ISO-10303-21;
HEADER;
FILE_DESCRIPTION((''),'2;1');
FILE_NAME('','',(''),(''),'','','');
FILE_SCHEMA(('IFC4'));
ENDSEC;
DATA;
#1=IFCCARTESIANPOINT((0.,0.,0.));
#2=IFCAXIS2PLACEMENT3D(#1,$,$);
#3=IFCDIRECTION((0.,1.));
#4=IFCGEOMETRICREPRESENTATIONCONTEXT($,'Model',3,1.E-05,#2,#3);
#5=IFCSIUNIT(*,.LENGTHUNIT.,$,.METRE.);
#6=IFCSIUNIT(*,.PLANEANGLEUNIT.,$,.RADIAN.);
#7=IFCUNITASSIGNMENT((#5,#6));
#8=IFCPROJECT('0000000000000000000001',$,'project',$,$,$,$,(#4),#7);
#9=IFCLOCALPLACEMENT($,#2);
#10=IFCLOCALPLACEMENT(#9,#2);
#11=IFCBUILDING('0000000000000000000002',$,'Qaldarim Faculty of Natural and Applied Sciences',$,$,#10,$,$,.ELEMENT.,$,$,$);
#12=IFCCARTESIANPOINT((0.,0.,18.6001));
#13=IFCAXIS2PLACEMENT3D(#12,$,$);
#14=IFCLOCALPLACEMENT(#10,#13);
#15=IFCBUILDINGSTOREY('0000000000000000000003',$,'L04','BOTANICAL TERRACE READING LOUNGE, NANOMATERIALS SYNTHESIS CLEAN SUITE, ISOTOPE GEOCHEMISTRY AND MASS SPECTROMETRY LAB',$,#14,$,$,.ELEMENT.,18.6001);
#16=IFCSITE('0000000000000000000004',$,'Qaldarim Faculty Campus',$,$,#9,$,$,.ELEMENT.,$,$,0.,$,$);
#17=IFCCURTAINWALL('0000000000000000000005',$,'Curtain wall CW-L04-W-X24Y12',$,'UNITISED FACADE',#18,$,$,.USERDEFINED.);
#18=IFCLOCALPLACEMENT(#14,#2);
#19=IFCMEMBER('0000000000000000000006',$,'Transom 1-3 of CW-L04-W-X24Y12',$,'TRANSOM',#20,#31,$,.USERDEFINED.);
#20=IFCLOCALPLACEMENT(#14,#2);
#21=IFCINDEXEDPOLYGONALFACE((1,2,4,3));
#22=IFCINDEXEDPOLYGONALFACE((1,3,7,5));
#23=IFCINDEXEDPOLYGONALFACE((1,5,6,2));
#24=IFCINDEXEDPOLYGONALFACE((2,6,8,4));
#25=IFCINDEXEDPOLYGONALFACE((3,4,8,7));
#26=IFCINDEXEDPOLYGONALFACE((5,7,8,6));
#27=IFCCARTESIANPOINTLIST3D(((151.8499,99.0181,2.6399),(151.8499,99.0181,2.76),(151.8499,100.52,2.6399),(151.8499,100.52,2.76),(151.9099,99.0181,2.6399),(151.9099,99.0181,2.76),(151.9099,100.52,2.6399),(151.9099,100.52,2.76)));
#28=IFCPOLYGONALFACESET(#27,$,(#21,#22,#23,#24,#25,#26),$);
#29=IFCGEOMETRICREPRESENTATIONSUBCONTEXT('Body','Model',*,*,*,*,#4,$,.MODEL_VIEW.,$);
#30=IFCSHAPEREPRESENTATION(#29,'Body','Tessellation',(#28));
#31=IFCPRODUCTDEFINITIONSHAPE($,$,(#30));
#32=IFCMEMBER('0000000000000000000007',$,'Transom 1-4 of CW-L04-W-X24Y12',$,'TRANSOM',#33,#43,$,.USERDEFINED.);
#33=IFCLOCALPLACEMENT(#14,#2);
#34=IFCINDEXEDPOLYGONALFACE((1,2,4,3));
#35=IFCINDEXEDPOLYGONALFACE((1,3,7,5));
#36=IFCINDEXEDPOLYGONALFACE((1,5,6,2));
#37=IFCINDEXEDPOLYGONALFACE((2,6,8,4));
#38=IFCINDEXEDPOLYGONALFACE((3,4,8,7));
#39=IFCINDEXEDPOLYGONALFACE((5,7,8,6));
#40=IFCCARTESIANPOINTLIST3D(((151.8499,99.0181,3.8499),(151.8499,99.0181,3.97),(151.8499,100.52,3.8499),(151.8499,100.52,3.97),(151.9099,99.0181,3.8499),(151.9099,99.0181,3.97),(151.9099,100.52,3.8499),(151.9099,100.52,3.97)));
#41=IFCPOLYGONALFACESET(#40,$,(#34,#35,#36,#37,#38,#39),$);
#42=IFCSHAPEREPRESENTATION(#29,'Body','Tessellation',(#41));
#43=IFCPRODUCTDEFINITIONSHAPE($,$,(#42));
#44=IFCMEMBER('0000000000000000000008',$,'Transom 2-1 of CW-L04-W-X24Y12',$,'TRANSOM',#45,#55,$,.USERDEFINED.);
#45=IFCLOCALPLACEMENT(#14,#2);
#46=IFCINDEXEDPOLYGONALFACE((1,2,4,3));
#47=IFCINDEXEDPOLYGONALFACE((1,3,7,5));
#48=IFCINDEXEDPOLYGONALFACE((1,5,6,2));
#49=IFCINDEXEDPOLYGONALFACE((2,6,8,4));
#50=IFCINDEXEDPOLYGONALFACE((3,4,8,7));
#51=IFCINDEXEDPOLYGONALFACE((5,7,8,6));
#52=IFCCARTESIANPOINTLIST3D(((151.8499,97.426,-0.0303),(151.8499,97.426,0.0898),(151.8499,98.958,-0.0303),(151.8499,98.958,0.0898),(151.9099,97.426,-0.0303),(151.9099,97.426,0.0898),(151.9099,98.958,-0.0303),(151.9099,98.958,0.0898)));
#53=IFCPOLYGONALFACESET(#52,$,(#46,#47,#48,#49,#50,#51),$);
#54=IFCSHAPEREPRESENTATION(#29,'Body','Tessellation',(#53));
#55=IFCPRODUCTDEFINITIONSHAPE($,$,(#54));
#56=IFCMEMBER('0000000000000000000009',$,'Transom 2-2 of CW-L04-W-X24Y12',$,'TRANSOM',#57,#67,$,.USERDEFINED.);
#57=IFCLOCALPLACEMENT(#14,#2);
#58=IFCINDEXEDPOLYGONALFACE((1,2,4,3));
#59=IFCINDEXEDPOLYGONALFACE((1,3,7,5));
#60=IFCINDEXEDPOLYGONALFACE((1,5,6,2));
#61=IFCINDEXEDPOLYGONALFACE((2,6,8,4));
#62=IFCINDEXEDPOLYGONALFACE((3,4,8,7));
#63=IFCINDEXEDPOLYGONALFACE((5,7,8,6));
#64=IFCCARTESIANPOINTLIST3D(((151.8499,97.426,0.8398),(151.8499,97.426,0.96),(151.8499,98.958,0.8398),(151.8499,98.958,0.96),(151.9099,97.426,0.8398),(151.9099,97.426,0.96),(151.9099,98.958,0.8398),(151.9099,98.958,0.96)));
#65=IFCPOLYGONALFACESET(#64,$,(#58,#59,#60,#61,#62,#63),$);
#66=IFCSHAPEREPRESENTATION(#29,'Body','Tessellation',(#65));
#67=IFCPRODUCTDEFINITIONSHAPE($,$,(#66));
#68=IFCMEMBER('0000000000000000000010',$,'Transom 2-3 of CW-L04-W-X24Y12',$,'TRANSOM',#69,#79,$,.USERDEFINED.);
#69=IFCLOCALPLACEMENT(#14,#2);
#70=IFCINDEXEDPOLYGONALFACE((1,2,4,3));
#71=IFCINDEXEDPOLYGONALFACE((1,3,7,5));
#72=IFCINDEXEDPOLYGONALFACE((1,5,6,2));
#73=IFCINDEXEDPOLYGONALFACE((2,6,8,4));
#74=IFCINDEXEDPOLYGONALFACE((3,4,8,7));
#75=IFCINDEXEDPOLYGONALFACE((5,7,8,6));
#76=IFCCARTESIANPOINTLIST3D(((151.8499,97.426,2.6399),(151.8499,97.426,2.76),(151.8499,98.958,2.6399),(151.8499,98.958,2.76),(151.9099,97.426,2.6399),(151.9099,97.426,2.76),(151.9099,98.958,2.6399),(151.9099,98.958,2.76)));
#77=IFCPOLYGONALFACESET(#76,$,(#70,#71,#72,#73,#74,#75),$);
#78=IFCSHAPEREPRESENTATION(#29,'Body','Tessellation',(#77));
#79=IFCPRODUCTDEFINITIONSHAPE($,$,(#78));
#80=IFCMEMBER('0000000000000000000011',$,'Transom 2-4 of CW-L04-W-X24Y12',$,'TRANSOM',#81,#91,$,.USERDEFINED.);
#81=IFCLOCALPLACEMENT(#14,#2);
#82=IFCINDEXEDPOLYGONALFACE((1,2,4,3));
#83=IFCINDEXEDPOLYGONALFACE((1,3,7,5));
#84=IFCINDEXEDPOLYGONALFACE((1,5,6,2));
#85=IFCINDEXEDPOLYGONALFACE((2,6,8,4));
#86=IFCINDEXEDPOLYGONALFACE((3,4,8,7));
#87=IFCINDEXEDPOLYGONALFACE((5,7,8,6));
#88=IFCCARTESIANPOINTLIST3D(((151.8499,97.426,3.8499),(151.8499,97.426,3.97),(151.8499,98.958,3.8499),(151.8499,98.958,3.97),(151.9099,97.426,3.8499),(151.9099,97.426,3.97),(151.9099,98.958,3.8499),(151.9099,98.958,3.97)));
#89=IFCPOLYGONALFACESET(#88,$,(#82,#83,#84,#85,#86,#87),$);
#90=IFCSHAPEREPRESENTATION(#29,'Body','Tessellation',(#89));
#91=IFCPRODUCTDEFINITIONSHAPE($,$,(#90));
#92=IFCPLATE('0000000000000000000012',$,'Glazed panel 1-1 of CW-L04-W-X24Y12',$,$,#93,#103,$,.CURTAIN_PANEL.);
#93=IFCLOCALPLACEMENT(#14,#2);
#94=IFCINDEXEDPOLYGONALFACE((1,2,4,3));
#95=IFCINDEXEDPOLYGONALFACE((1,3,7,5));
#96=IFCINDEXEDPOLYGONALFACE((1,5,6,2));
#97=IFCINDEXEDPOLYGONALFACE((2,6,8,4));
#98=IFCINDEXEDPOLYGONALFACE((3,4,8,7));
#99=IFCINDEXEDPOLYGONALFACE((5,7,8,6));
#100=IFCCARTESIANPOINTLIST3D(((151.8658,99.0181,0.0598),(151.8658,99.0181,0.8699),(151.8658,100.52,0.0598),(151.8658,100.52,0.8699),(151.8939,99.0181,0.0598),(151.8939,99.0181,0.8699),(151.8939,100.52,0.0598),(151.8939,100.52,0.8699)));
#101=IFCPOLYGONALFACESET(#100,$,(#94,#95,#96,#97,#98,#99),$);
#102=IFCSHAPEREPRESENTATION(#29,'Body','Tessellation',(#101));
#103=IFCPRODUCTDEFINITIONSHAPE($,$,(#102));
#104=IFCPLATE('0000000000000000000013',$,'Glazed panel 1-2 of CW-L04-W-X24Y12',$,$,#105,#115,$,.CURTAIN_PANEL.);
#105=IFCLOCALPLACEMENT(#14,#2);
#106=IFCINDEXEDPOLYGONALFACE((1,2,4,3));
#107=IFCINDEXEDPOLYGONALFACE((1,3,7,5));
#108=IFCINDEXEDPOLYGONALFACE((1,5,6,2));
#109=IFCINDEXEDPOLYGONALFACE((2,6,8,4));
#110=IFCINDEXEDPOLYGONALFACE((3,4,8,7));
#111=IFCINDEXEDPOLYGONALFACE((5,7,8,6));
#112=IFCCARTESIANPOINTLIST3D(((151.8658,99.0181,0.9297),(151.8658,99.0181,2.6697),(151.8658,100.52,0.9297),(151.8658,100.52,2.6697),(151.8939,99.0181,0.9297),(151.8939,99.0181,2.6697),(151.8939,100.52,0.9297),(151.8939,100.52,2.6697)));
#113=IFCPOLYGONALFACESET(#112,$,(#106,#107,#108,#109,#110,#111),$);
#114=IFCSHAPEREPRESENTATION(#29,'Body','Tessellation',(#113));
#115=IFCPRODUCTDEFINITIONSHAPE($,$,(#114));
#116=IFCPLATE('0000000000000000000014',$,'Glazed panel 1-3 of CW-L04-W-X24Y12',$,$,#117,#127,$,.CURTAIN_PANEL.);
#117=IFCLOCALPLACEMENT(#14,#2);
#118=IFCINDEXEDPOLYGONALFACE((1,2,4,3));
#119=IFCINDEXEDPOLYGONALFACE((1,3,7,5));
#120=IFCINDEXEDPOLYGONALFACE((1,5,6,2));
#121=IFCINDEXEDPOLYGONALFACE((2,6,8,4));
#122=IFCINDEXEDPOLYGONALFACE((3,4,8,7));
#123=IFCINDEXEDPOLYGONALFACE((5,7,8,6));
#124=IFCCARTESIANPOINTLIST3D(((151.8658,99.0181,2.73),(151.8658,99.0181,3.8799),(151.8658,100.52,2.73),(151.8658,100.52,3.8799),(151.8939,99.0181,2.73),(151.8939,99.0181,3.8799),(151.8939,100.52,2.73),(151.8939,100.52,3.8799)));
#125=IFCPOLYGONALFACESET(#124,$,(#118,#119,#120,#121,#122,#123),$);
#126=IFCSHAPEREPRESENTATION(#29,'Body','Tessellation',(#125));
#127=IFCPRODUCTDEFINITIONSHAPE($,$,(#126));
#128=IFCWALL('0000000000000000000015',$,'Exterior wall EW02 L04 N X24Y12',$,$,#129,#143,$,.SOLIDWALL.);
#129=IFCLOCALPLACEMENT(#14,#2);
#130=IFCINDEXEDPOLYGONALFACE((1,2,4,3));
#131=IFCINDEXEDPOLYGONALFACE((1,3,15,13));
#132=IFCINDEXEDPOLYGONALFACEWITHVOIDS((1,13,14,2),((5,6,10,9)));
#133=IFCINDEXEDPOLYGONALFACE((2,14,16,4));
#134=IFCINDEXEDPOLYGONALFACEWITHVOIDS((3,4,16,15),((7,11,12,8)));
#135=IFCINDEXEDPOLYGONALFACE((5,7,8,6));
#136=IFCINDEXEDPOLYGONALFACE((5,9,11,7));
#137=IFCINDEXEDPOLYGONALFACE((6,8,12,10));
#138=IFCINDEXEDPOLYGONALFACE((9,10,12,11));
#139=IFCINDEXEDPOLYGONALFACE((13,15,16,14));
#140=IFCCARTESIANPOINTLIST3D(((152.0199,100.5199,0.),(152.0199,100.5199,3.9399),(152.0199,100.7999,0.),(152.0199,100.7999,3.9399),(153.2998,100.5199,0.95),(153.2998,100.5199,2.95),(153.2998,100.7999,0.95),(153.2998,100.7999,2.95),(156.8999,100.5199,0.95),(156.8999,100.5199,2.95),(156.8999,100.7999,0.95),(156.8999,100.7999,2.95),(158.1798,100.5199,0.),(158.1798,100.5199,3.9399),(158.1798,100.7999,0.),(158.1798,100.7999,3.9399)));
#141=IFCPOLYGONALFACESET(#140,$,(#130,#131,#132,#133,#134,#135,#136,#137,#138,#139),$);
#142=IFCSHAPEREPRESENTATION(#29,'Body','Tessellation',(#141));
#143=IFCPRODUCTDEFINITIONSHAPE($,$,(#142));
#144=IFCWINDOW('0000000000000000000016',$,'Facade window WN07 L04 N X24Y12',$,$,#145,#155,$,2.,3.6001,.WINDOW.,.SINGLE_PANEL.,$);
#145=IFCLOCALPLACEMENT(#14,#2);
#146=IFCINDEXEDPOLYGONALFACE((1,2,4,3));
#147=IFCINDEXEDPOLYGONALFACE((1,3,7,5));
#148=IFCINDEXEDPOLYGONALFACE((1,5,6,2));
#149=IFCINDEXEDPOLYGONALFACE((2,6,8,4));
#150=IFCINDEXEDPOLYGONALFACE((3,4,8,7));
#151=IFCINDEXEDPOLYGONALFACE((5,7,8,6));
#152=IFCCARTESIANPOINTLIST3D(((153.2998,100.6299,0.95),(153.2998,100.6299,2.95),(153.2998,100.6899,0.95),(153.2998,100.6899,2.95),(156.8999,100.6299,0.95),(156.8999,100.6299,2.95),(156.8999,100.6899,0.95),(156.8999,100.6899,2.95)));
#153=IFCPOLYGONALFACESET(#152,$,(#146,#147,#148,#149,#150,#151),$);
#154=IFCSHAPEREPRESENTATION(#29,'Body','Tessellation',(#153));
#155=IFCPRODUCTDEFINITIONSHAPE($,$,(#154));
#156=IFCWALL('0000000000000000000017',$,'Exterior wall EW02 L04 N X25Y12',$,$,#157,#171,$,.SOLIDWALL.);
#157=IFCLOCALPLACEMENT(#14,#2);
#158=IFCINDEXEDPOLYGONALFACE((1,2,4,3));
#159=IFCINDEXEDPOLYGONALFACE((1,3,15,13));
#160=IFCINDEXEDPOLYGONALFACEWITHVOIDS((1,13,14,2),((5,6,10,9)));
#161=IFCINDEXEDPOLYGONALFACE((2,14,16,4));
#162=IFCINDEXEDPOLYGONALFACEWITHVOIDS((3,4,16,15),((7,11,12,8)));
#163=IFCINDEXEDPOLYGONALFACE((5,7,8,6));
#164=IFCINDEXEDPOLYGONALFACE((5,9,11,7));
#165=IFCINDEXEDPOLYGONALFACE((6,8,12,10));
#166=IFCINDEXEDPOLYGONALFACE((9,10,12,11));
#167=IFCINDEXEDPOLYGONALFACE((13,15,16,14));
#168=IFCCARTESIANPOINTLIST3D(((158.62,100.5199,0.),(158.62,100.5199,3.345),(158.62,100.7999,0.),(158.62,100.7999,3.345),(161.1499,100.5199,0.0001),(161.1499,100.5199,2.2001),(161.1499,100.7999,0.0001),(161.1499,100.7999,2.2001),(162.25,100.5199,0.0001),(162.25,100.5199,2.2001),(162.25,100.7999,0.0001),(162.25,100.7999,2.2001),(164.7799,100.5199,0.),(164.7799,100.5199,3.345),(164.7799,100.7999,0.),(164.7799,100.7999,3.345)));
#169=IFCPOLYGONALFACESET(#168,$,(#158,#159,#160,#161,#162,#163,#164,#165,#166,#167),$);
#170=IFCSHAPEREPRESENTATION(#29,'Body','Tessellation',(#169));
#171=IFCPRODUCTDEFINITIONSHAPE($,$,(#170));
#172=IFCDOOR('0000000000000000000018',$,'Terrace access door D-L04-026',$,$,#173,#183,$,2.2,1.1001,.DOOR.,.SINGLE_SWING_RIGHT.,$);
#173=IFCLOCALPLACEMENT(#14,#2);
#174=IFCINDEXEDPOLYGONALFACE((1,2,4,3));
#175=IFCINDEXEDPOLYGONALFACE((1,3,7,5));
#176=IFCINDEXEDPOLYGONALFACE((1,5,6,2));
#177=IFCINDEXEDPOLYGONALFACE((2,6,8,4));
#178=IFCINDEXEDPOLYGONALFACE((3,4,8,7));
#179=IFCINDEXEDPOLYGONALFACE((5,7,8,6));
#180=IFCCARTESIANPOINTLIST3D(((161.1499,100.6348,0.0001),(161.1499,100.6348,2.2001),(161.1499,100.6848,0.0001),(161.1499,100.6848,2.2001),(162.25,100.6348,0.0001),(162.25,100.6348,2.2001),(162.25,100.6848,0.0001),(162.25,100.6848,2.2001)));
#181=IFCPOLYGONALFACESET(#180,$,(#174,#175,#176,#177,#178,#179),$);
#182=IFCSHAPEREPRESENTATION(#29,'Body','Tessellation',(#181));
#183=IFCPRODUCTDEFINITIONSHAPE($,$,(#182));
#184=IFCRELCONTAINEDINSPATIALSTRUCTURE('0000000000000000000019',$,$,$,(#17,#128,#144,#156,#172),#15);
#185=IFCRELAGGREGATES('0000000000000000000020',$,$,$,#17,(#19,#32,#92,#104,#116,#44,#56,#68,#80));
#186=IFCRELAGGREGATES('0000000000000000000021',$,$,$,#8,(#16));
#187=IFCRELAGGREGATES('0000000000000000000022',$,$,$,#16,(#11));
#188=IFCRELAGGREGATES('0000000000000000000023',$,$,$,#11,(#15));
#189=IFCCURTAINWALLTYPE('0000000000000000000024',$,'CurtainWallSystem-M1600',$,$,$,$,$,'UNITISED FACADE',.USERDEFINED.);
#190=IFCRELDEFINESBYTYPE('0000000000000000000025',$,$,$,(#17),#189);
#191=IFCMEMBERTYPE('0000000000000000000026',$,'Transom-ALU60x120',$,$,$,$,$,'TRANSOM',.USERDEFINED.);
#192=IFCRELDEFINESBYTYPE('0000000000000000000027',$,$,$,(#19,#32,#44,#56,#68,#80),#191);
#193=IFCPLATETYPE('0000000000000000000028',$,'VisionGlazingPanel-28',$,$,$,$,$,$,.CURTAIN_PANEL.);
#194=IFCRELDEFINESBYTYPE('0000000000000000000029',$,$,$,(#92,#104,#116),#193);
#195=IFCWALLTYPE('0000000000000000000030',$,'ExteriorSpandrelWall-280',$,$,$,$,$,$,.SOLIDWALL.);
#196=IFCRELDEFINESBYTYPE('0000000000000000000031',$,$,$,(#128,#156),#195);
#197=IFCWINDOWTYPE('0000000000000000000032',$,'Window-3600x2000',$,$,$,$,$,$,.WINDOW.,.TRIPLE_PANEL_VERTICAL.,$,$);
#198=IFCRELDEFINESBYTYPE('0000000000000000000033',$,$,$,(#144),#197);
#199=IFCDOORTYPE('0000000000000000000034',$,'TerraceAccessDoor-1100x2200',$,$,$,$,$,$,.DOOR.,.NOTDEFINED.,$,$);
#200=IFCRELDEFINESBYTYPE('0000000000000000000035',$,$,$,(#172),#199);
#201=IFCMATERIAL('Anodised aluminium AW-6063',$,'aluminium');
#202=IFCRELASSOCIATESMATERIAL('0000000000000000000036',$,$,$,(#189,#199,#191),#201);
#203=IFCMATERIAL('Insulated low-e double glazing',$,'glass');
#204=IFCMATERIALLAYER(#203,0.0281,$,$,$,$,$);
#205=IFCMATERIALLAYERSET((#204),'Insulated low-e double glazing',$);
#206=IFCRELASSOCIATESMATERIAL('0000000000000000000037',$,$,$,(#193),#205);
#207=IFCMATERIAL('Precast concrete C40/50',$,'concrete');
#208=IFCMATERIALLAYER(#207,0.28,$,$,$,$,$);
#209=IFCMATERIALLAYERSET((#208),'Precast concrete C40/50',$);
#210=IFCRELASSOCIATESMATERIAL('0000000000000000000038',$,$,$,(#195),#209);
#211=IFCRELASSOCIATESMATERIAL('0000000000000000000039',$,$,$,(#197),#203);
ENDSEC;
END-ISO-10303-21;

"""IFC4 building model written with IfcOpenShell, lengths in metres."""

from ifc_helpers import new_model, si_unit, direction, frame, frame_2d, origin, origin_2d, place, context, subcontext, project, spatial, rectangle, extrude, material, layer, layer_set, material_profile, profile_set, type_object, element, fill, aggregate, save


model = new_model("IFC4")

# Units and contexts
model_context = context("Model", 3, precision=1e-05, world=origin(), true_north=direction((0.0, 1.0)))
body_context = subcontext(model_context, "Body", "Model", "MODEL_VIEW")
ifc_project = project(units=[si_unit("LENGTHUNIT", "METRE"), si_unit("PLANEANGLEUNIT", "RADIAN")], contexts=[model_context])

# Site, building, storey
site_placement = place(None, origin())
site = spatial("IfcSite", under=ifc_project, at=site_placement, Name="Qaldarim Faculty Campus", CompositionType="ELEMENT", RefElevation=0.0)
building_placement = place(site_placement, origin())
building = spatial("IfcBuilding", under=site, at=building_placement, Name="Qaldarim Faculty of Natural and Applied Sciences", CompositionType="ELEMENT")
storey_placement = place(building_placement, frame((0.0, 0.0, 18.6001)))
storey = spatial("IfcBuildingStorey", under=building, at=storey_placement, Name="L04", Description="BOTANICAL TERRACE READING LOUNGE, NANOMATERIALS SYNTHESIS CLEAN SUITE, ISOTOPE GEOCHEMISTRY AND MASS SPECTROMETRY LAB", CompositionType="ELEMENT", Elevation=18.6001)

# Curtain wall
ifc_material_1 = material(Name="Anodised aluminium AW-6063", Category="aluminium")
curtain_wall_type = type_object("IfcCurtainWallType", Name="CurtainWallSystem-M1600", ElementType="UNITISED FACADE", PredefinedType="USERDEFINED", material=ifc_material_1)
curtain_wall_placement = place(storey_placement, origin())
curtain_wall = element("IfcCurtainWall", 1, at=curtain_wall_placement, inside=storey, type_object=curtain_wall_type, Name="Curtain wall CW-L04-W-X24Y12", ObjectType="UNITISED FACADE", PredefinedType="USERDEFINED")

# Shared definitions
ifc_material_2 = material(Name="Precast concrete C40/50", Category="concrete")

# Members
ifc_material_profile_1 = material_profile(ifc_material_1, rectangle(XDim=0.0601, YDim=0.1201, at=origin_2d()), Name="ALU-T60x120")
ifc_profile_set_1 = profile_set([ifc_material_profile_1], Name="Anodised aluminium AW-6063")
member_type_1 = type_object("IfcMemberType", Name="Transom-ALU60x120", ElementType="TRANSOM", PredefinedType="USERDEFINED", material=ifc_profile_set_1)
member_1_placement = place(storey_placement, frame((151.8799, 100.52, 2.7), z_axis=(0.0, -1.0, 0.0), x_axis=(1.0, 0.0, 0.0)))
member_1 = element("IfcMember", 2, at=member_1_placement, type_object=member_type_1, Name="Transom 1-3 of CW-L04-W-X24Y12", ObjectType="TRANSOM", PredefinedType="USERDEFINED", context=body_context, shape_type="SweptSolid", body=[
    extrude(rectangle(XDim=0.0601, YDim=0.1201, at=origin_2d()), origin(), (0.0, 0.0, 1.0), 1.502),
])
member_2_placement = place(storey_placement, frame((151.8799, 100.52, 3.9099), z_axis=(0.0, -1.0, 0.0), x_axis=(1.0, 0.0, 0.0)))
member_2 = element("IfcMember", 3, at=member_2_placement, type_object=member_type_1, Name="Transom 1-4 of CW-L04-W-X24Y12", ObjectType="TRANSOM", PredefinedType="USERDEFINED", context=body_context, shape_type="SweptSolid", body=[
    extrude(rectangle(XDim=0.0601, YDim=0.1201, at=origin_2d()), origin(), (0.0, 0.0, 1.0), 1.502),
])
member_3_placement = place(storey_placement, frame((151.8799, 98.958, 0.0298), z_axis=(0.0, -1.0, 0.0), x_axis=(1.0, 0.0, 0.0)))
member_3 = element("IfcMember", 4, at=member_3_placement, type_object=member_type_1, Name="Transom 2-1 of CW-L04-W-X24Y12", ObjectType="TRANSOM", PredefinedType="USERDEFINED", context=body_context, shape_type="SweptSolid", body=[
    extrude(rectangle(XDim=0.0601, YDim=0.1201, at=origin_2d()), origin(), (0.0, 0.0, 1.0), 1.532),
])
member_4_placement = place(storey_placement, frame((151.8799, 98.958, 0.8999), z_axis=(0.0, -1.0, 0.0), x_axis=(1.0, 0.0, 0.0)))
member_4 = element("IfcMember", 5, at=member_4_placement, type_object=member_type_1, Name="Transom 2-2 of CW-L04-W-X24Y12", ObjectType="TRANSOM", PredefinedType="USERDEFINED", context=body_context, shape_type="SweptSolid", body=[
    extrude(rectangle(XDim=0.0601, YDim=0.1201, at=origin_2d()), origin(), (0.0, 0.0, 1.0), 1.532),
])
member_5_placement = place(storey_placement, frame((151.8799, 98.958, 2.7), z_axis=(0.0, -1.0, 0.0), x_axis=(1.0, 0.0, 0.0)))
member_5 = element("IfcMember", 6, at=member_5_placement, type_object=member_type_1, Name="Transom 2-3 of CW-L04-W-X24Y12", ObjectType="TRANSOM", PredefinedType="USERDEFINED", context=body_context, shape_type="SweptSolid", body=[
    extrude(rectangle(XDim=0.0601, YDim=0.1201, at=origin_2d()), origin(), (0.0, 0.0, 1.0), 1.532),
])
member_6_placement = place(storey_placement, frame((151.8799, 98.958, 3.9099), z_axis=(0.0, -1.0, 0.0), x_axis=(1.0, 0.0, 0.0)))
member_6 = element("IfcMember", 7, at=member_6_placement, type_object=member_type_1, Name="Transom 2-4 of CW-L04-W-X24Y12", ObjectType="TRANSOM", PredefinedType="USERDEFINED", context=body_context, shape_type="SweptSolid", body=[
    extrude(rectangle(XDim=0.0601, YDim=0.1201, at=origin_2d()), origin(), (0.0, 0.0, 1.0), 1.532),
])

# Plates
ifc_material_3 = material(Name="Insulated low-e double glazing", Category="glass")
ifc_layer_1 = layer(ifc_material_3, 0.0281)
ifc_layer_set_1 = layer_set([ifc_layer_1], Name="Insulated low-e double glazing")
plate_type = type_object("IfcPlateType", Name="VisionGlazingPanel-28", PredefinedType="CURTAIN_PANEL", material=ifc_layer_set_1)
plate_1_placement = place(storey_placement, frame((151.8799, 99.769, 0.0598), z_axis=(0.0, 0.0, 1.0), x_axis=(0.0, -1.0, 0.0)))
plate_1 = element("IfcPlate", 8, at=plate_1_placement, type_object=plate_type, Name="Glazed panel 1-1 of CW-L04-W-X24Y12", PredefinedType="CURTAIN_PANEL", context=body_context, shape_type="SweptSolid", body=[
    extrude(rectangle(XDim=1.502, YDim=0.0281, at=origin_2d()), origin(), (0.0, 0.0, 1.0), 0.8101),
])
plate_2_placement = place(storey_placement, frame((151.8799, 99.769, 0.9297), z_axis=(0.0, 0.0, 1.0), x_axis=(0.0, -1.0, 0.0)))
plate_2 = element("IfcPlate", 9, at=plate_2_placement, type_object=plate_type, Name="Glazed panel 1-2 of CW-L04-W-X24Y12", PredefinedType="CURTAIN_PANEL", context=body_context, shape_type="SweptSolid", body=[
    extrude(rectangle(XDim=1.502, YDim=0.0281, at=origin_2d()), origin(), (0.0, 0.0, 1.0), 1.74),
])
plate_3_placement = place(storey_placement, frame((151.8799, 99.769, 2.73), z_axis=(0.0, 0.0, 1.0), x_axis=(0.0, -1.0, 0.0)))
plate_3 = element("IfcPlate", 10, at=plate_3_placement, type_object=plate_type, Name="Glazed panel 1-3 of CW-L04-W-X24Y12", PredefinedType="CURTAIN_PANEL", context=body_context, shape_type="SweptSolid", body=[
    extrude(rectangle(XDim=1.502, YDim=0.0281, at=origin_2d()), origin(), (0.0, 0.0, 1.0), 1.1499),
])
aggregate(curtain_wall, [member_1, member_2, plate_1, plate_2, plate_3, member_3, member_4, member_5, member_6])

# Wall, opening, window
ifc_layer_2 = layer(ifc_material_2, 0.28)
ifc_layer_set_2 = layer_set([ifc_layer_2], Name="Precast concrete C40/50")
wall_type = type_object("IfcWallType", Name="ExteriorSpandrelWall-280", PredefinedType="SOLIDWALL", material=ifc_layer_set_2)
wall_1_placement = place(storey_placement, frame((158.1799, 100.6599, 0.0), z_axis=(0.0, 0.0, 1.0), x_axis=(-1.0, 0.0, 0.0)))
wall_1 = element("IfcWall", 11, at=wall_1_placement, inside=storey, type_object=wall_type, Name="Exterior wall EW02 L04 N X24Y12", PredefinedType="SOLIDWALL", context=body_context, shape_type="SweptSolid", body=[
    extrude(rectangle(XDim=6.1599, YDim=0.28, at=frame_2d((3.0801, 0.0))), origin(), (0.0, 0.0, 1.0), 3.9399),
])
opening_1_placement = place(wall_1_placement, frame((1.28, 0.0, 0.95)))
opening_1 = element("IfcOpeningElement", 12, at=opening_1_placement, cuts=wall_1, PredefinedType="OPENING", context=body_context, shape_type="SweptSolid", body=[
    extrude(rectangle(XDim=3.6001, YDim=2.0, at=frame_2d((1.8, 1.0))), frame((0.0, 0.1499, 0.0), z_axis=(0.0, -1.0, 0.0), x_axis=(1.0, 0.0, 0.0)), (0.0, 0.0, 1.0), 0.3),
])
window_type = type_object("IfcWindowType", Name="Window-3600x2000", PartitioningType="TRIPLE_PANEL_VERTICAL", PredefinedType="WINDOW", material=ifc_material_3)
window_placement = place(opening_1_placement, origin())
window = element("IfcWindow", 13, at=window_placement, inside=storey, type_object=window_type, Name="Facade window WN07 L04 N X24Y12", OverallHeight=2.0, OverallWidth=3.6001, PartitioningType="SINGLE_PANEL", PredefinedType="WINDOW", context=body_context, shape_type="SweptSolid", body=[
    extrude(rectangle(XDim=3.6001, YDim=2.0, at=frame_2d((1.8, 1.0))), frame((0.0, 0.03, 0.0), z_axis=(0.0, -1.0, 0.0), x_axis=(1.0, 0.0, 0.0)), (0.0, 0.0, 1.0), 0.0601),
])
fill(opening_1, window)

# Wall, opening, door
wall_2_placement = place(storey_placement, frame((164.78, 100.6599, 0.0), z_axis=(0.0, 0.0, 1.0), x_axis=(-1.0, 0.0, 0.0)))
wall_2 = element("IfcWall", 14, at=wall_2_placement, inside=storey, type_object=wall_type, Name="Exterior wall EW02 L04 N X25Y12", PredefinedType="SOLIDWALL", context=body_context, shape_type="SweptSolid", body=[
    extrude(rectangle(XDim=6.1599, YDim=0.28, at=frame_2d((3.0801, 0.0))), origin(), (0.0, 0.0, 1.0), 3.345),
])
opening_2_placement = place(wall_2_placement, frame((2.53, 0.0, 0.0)))
opening_2 = element("IfcOpeningElement", 15, at=opening_2_placement, cuts=wall_2, PredefinedType="OPENING", context=body_context, shape_type="SweptSolid", body=[
    extrude(rectangle(XDim=1.1001, YDim=2.2, at=frame_2d((0.55, 1.1001))), frame((0.0, 0.1499, 0.0), z_axis=(0.0, -1.0, 0.0), x_axis=(1.0, 0.0, 0.0)), (0.0, 0.0, 1.0), 0.3),
])
door_type = type_object("IfcDoorType", Name="TerraceAccessDoor-1100x2200", OperationType="NOTDEFINED", PredefinedType="DOOR", material=ifc_material_1)
door_placement = place(opening_2_placement, frame((1.1001, 0.0, 0.0), z_axis=(0.0, 0.0, 1.0), x_axis=(-1.0, 0.0, 0.0)))
door = element("IfcDoor", 16, at=door_placement, inside=storey, type_object=door_type, Name="Terrace access door D-L04-026", OperationType="SINGLE_SWING_RIGHT", OverallHeight=2.2, OverallWidth=1.1001, PredefinedType="DOOR", context=body_context, shape_type="SweptSolid", body=[
    extrude(rectangle(XDim=1.1001, YDim=2.2, at=frame_2d((0.55, 1.1001))), frame((0.0, 0.0249, 0.0), z_axis=(0.0, -1.0, 0.0), x_axis=(1.0, 0.0, 0.0)), (0.0, 0.0, 1.0), 0.05),
])
fill(opening_2, door)

save(model, "model.ifc")
